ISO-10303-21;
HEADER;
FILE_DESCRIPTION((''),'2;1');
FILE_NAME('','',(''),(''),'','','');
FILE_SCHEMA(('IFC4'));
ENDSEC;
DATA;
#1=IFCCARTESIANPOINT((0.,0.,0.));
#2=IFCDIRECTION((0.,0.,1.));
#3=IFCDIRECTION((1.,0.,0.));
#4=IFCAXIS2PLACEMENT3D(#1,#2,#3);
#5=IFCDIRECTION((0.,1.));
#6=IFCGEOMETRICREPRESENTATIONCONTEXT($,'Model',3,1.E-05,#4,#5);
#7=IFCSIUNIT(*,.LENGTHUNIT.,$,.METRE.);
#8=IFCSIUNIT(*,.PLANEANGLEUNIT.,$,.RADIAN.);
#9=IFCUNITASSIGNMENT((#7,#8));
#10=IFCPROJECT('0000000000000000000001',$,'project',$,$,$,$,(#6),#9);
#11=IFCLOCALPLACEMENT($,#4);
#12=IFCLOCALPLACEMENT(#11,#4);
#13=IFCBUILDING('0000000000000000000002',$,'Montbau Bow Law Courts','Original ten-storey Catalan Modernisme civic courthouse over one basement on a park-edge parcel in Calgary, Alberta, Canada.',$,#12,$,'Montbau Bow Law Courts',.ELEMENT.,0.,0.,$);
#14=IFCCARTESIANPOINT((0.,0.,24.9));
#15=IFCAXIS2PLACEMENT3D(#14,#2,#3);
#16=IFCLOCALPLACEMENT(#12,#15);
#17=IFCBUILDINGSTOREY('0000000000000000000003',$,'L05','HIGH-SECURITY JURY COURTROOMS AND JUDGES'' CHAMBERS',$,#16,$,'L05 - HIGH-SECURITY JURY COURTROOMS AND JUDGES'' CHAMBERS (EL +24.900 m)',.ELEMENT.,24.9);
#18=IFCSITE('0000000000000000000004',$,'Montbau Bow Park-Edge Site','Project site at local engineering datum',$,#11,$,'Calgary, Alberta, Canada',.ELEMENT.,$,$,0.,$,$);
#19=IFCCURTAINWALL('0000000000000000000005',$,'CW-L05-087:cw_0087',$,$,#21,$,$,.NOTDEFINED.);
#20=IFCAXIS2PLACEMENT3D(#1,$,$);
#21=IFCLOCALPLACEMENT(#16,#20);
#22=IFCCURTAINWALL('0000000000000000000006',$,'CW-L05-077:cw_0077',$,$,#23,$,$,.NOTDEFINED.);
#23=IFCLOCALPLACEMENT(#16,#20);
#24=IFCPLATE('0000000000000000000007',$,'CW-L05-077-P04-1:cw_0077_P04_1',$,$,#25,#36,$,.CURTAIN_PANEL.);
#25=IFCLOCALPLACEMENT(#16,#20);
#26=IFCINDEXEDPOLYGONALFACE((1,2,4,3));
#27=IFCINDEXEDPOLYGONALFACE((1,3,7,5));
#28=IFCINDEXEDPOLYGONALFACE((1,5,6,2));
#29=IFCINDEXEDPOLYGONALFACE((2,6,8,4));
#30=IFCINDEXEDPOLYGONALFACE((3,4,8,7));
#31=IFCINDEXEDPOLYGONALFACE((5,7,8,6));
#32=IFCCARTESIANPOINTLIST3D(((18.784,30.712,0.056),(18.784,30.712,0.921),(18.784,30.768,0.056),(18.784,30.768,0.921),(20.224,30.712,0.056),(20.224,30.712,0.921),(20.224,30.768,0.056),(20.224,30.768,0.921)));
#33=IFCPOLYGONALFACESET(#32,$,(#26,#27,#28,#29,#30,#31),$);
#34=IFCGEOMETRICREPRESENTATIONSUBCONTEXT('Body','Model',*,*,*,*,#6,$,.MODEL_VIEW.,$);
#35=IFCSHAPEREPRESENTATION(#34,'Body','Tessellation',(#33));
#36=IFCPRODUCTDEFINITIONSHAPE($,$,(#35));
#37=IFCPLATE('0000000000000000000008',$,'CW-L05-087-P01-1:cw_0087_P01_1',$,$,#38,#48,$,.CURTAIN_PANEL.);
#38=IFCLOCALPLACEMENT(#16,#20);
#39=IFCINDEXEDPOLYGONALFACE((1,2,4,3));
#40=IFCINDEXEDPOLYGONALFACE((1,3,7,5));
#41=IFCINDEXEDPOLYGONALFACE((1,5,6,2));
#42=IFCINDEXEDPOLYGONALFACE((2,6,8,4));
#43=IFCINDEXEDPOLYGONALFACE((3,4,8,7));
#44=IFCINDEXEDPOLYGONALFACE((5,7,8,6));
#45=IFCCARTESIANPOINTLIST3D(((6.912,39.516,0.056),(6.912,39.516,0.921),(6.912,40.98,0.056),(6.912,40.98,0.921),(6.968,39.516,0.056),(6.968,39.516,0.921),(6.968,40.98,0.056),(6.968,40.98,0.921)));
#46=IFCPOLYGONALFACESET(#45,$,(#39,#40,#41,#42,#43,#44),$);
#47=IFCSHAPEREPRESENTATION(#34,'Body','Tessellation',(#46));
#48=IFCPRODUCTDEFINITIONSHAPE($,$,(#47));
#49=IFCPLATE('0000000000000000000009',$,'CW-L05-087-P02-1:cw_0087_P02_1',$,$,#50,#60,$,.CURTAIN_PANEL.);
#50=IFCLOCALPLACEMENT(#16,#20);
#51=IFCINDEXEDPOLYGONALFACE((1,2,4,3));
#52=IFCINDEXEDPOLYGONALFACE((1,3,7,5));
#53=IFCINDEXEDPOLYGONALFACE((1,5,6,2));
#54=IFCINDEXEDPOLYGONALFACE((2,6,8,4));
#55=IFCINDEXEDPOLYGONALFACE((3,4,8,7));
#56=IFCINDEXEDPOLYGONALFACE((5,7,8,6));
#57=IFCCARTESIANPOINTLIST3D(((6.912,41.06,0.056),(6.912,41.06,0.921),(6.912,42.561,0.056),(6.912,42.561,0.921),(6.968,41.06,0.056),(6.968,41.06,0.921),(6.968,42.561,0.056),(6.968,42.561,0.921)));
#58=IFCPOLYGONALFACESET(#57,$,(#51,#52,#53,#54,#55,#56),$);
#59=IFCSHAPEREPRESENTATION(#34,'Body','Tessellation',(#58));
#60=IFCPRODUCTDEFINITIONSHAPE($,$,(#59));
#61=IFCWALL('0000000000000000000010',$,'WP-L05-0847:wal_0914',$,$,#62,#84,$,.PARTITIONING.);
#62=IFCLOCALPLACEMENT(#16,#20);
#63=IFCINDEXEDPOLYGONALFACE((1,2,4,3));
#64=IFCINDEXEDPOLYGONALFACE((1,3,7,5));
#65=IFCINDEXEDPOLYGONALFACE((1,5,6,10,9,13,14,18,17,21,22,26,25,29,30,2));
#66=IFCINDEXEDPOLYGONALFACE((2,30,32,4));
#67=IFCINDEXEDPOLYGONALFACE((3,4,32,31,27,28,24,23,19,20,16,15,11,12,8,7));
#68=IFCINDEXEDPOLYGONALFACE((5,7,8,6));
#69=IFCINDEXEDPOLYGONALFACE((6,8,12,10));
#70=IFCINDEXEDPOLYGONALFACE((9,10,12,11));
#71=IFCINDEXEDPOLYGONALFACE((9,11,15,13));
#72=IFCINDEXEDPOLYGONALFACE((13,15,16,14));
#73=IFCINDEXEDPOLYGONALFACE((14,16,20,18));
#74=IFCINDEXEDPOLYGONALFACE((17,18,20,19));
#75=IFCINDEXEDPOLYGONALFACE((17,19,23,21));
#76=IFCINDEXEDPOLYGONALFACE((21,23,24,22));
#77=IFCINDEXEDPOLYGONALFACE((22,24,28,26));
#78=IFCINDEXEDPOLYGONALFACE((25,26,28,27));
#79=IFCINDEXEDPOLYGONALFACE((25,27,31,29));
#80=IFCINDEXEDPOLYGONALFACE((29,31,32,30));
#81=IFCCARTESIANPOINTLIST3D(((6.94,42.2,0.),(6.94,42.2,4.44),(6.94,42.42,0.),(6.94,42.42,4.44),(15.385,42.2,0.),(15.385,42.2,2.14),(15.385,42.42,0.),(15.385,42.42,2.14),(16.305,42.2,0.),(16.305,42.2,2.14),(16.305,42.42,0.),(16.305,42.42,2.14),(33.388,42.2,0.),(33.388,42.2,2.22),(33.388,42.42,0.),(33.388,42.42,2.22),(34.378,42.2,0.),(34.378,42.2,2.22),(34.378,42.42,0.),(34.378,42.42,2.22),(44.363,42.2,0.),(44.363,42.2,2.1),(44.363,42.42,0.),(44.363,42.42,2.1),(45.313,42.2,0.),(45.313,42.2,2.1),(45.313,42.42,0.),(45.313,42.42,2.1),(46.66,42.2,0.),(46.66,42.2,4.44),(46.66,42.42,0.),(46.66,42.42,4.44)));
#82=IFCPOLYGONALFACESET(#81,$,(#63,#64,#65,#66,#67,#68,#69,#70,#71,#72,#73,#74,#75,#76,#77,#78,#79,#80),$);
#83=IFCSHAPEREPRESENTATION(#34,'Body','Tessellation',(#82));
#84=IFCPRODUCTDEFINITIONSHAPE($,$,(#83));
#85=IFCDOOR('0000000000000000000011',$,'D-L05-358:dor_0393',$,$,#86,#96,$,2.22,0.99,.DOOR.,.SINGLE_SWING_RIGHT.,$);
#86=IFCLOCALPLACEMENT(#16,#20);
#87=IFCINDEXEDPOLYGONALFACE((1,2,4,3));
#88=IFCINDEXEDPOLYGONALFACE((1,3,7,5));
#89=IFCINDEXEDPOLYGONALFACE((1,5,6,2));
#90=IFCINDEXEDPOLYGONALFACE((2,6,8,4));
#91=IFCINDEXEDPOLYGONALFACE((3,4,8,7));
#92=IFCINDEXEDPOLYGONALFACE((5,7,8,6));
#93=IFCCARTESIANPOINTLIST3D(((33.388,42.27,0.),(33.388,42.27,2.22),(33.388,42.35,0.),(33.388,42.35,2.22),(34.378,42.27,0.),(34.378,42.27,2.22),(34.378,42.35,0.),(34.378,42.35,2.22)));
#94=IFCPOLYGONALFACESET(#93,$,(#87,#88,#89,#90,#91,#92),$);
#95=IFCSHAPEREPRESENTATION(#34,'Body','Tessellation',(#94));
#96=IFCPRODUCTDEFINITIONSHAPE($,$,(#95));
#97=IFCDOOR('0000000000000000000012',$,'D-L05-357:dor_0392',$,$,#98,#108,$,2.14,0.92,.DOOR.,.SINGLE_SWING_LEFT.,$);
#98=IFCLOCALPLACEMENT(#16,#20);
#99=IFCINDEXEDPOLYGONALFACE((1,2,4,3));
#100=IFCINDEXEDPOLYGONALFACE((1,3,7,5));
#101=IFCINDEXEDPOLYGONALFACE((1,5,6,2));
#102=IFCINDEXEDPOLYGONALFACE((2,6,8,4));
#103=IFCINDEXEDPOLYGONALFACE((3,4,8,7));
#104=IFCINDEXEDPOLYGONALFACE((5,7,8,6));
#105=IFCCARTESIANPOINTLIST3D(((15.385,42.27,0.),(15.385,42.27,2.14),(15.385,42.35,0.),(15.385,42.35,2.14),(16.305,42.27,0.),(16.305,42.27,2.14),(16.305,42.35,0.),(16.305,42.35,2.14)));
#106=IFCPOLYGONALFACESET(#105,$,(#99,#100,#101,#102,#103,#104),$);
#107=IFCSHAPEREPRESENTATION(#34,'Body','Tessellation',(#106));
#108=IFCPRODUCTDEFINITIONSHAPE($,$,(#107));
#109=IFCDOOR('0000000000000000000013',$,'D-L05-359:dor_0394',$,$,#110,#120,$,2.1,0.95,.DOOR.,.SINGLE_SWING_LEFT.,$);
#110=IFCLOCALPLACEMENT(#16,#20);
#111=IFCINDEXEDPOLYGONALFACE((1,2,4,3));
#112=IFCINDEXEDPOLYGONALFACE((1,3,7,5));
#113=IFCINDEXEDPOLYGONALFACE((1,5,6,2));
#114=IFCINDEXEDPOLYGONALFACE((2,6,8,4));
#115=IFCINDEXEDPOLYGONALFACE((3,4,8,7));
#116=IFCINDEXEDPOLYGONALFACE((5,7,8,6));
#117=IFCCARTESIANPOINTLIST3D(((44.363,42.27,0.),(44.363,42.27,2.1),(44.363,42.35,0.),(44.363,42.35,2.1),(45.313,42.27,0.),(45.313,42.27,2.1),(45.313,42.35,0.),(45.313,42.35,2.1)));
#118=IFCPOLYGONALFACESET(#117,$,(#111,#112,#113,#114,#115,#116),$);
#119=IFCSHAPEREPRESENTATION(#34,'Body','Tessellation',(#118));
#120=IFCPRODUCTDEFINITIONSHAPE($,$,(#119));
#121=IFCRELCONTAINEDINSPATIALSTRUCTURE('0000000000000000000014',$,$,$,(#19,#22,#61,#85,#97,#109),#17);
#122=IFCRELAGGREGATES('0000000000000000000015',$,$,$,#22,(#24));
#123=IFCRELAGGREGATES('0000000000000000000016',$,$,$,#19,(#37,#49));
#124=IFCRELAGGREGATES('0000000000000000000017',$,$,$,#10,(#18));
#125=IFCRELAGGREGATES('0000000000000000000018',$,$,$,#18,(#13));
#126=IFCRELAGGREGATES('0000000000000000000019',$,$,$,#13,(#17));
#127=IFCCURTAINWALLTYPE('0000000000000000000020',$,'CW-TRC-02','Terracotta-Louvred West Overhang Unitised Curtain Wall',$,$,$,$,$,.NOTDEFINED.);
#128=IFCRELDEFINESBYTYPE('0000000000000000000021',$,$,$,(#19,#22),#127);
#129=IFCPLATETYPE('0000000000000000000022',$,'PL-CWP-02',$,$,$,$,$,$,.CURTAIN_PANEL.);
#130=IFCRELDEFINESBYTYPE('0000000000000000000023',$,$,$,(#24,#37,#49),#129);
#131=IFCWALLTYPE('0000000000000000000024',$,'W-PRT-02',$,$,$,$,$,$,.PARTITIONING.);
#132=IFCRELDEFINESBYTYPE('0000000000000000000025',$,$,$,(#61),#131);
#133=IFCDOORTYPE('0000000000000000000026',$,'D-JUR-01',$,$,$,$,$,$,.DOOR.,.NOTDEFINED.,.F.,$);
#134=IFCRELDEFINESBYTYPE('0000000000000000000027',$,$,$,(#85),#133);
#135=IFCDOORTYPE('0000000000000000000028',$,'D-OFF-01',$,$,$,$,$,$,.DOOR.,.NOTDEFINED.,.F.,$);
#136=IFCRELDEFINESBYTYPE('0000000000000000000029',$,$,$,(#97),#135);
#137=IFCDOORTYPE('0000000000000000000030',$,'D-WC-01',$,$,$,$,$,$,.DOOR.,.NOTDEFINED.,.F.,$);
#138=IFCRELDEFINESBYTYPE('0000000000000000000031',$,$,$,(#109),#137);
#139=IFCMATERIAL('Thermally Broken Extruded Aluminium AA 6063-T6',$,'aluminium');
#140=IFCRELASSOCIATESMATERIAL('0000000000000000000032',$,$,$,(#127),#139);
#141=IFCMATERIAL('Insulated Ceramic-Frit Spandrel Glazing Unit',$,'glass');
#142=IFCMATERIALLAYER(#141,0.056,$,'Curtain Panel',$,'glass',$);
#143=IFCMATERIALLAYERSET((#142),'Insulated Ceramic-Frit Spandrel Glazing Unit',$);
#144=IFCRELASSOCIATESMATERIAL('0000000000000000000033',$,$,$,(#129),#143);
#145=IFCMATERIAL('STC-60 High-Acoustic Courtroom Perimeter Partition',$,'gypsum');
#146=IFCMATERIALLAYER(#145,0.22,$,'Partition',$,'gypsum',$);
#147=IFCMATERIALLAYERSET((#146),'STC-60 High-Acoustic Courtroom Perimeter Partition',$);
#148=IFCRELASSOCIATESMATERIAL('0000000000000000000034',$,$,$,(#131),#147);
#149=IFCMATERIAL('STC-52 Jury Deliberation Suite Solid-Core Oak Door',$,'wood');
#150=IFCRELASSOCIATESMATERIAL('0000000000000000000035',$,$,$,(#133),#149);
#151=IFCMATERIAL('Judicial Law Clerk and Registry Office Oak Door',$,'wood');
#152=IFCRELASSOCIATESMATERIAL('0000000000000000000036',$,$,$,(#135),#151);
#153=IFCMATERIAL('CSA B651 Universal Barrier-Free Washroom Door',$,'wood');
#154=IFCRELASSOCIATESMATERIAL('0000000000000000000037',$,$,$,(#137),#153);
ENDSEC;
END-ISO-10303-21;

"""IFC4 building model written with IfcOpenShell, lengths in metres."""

from ifc_helpers import new_model, si_unit, direction, frame, frame_2d, origin_with_axes, place, context, subcontext, project, spatial, rectangle, extrude, material, layer, layer_set, type_object, element, fill, aggregate, save


model = new_model("IFC4")

# Units and contexts
model_context = context("Model", 3, precision=1e-05, world=origin_with_axes(), true_north=direction((0.0, 1.0)))
body_context = subcontext(model_context, "Body", "Model", "MODEL_VIEW")
ifc_project = project(units=[si_unit("LENGTHUNIT", "METRE"), si_unit("PLANEANGLEUNIT", "RADIAN")], contexts=[model_context])

# Site, building, storey
site_placement = place(None, origin_with_axes())
site = spatial("IfcSite", under=ifc_project, at=site_placement, Name="Montbau Bow Park-Edge Site", Description="Project site at local engineering datum", LongName="Calgary, Alberta, Canada", CompositionType="ELEMENT", RefElevation=0.0)
building_placement = place(site_placement, origin_with_axes())
building = spatial("IfcBuilding", under=site, at=building_placement, Name="Montbau Bow Law Courts", Description="Original ten-storey Catalan Modernisme civic courthouse over one basement on a park-edge parcel in Calgary, Alberta, Canada.", LongName="Montbau Bow Law Courts", CompositionType="ELEMENT", ElevationOfRefHeight=0.0, ElevationOfTerrain=0.0)
storey_placement = place(building_placement, frame((0.0, 0.0, 24.9), z_axis=(0.0, 0.0, 1.0), x_axis=(1.0, 0.0, 0.0)))
storey = spatial("IfcBuildingStorey", under=building, at=storey_placement, Name="L05", Description="HIGH-SECURITY JURY COURTROOMS AND JUDGES' CHAMBERS", LongName="L05 - HIGH-SECURITY JURY COURTROOMS AND JUDGES' CHAMBERS (EL +24.900 m)", CompositionType="ELEMENT", Elevation=24.9)

# Curtain wall
ifc_material_1 = material(Name="Thermally Broken Extruded Aluminium AA 6063-T6", Category="aluminium")
curtain_wall_type = type_object("IfcCurtainWallType", Name="CW-TRC-02", Description="Terracotta-Louvred West Overhang Unitised Curtain Wall", PredefinedType="NOTDEFINED", material=ifc_material_1)
curtain_wall_1_placement = place(None, frame((6.94, 39.44, 24.9), z_axis=(0.0, 0.0, 1.0), x_axis=(1.0, 0.0, 0.0)))
curtain_wall_1 = element("IfcCurtainWall", 1, at=curtain_wall_1_placement, inside=storey, type_object=curtain_wall_type, Name="CW-L05-087:cw_0087", PredefinedType="NOTDEFINED")

# Curtain wall
curtain_wall_2_placement = place(None, frame((14.24, 30.74, 24.9), z_axis=(0.0, 0.0, 1.0), x_axis=(1.0, 0.0, 0.0)))
curtain_wall_2 = element("IfcCurtainWall", 2, at=curtain_wall_2_placement, inside=storey, type_object=curtain_wall_type, Name="CW-L05-077:cw_0077", PredefinedType="NOTDEFINED")

# Plates
ifc_material_2 = material(Name="Insulated Ceramic-Frit Spandrel Glazing Unit", Category="glass")
ifc_layer_1 = layer(ifc_material_2, 0.056, Name="Curtain Panel", Category="glass")
ifc_layer_set_1 = layer_set([ifc_layer_1], Name="Insulated Ceramic-Frit Spandrel Glazing Unit")
plate_type_1 = type_object("IfcPlateType", Name="PL-CWP-02", PredefinedType="CURTAIN_PANEL", material=ifc_layer_set_1)
plate_1_placement = place(None, frame((18.784, 30.74, 24.956), z_axis=(0.0, -1.0, 0.0), x_axis=(1.0, 0.0, 0.0)))
plate_1 = element("IfcPlate", 3, at=plate_1_placement, type_object=plate_type_1, Name="CW-L05-077-P04-1:cw_0077_P04_1", PredefinedType="CURTAIN_PANEL", context=body_context, shape_type="SweptSolid", body=[
    extrude(rectangle(XDim=1.44, YDim=0.865, at=frame_2d((0.72, 0.4325), x_axis=(1.0, 0.0))), frame((0.0, 0.0, -0.028), z_axis=(0.0, 0.0, 1.0), x_axis=(1.0, 0.0, 0.0)), (0.0, 0.0, 1.0), 0.056),
])
aggregate(curtain_wall_2, [plate_1])
plate_2_placement = place(None, frame((6.94, 39.516, 24.956), z_axis=(1.0, 0.0, 0.0), x_axis=(0.0, 1.0, 0.0)))
plate_2 = element("IfcPlate", 4, at=plate_2_placement, type_object=plate_type_1, Name="CW-L05-087-P01-1:cw_0087_P01_1", PredefinedType="CURTAIN_PANEL", context=body_context, shape_type="SweptSolid", body=[
    extrude(rectangle(XDim=1.464, YDim=0.865, at=frame_2d((0.732, 0.4325), x_axis=(1.0, 0.0))), frame((0.0, 0.0, -0.028), z_axis=(0.0, 0.0, 1.0), x_axis=(1.0, 0.0, 0.0)), (0.0, 0.0, 1.0), 0.056),
])
plate_3_placement = place(None, frame((6.94, 41.06, 24.956), z_axis=(1.0, 0.0, 0.0), x_axis=(0.0, 1.0, 0.0)))
plate_3 = element("IfcPlate", 5, at=plate_3_placement, type_object=plate_type_1, Name="CW-L05-087-P02-1:cw_0087_P02_1", PredefinedType="CURTAIN_PANEL", context=body_context, shape_type="SweptSolid", body=[
    extrude(rectangle(XDim=1.501, YDim=0.865, at=frame_2d((0.7505, 0.4325), x_axis=(1.0, 0.0))), frame((0.0, 0.0, -0.028), z_axis=(0.0, 0.0, 1.0), x_axis=(1.0, 0.0, 0.0)), (0.0, 0.0, 1.0), 0.056),
])
aggregate(curtain_wall_1, [plate_2, plate_3])

# Wall, openings, doors
ifc_material_3 = material(Name="STC-60 High-Acoustic Courtroom Perimeter Partition", Category="gypsum")
ifc_layer_2 = layer(ifc_material_3, 0.22, Name="Partition", Category="gypsum")
ifc_layer_set_2 = layer_set([ifc_layer_2], Name="STC-60 High-Acoustic Courtroom Perimeter Partition")
wall_type = type_object("IfcWallType", Name="W-PRT-02", PredefinedType="PARTITIONING", material=ifc_layer_set_2)
wall_placement = place(None, frame((6.94, 42.31, 24.9), z_axis=(0.0, 0.0, 1.0), x_axis=(1.0, 0.0, 0.0)))
wall = element("IfcWall", 6, at=wall_placement, inside=storey, type_object=wall_type, Name="WP-L05-0847:wal_0914", PredefinedType="PARTITIONING", context=body_context, shape_type="SweptSolid", body=[
    extrude(rectangle(XDim=39.72, YDim=0.22, at=frame_2d((19.86, 0.0), x_axis=(1.0, 0.0))), origin_with_axes(), (0.0, 0.0, 1.0), 4.44),
])
opening_1_placement = place(None, frame((15.845, 42.31, 24.9), z_axis=(0.0, 0.0, 1.0), x_axis=(1.0, 0.0, 0.0)))
opening_1 = element("IfcOpeningElement", 7, at=opening_1_placement, cuts=wall, PredefinedType="OPENING", context=body_context, shape_type="SweptSolid", body=[
    extrude(rectangle(XDim=0.92, YDim=2.14, at=frame_2d((0.0, 1.07), x_axis=(1.0, 0.0))), frame((0.0, 0.12, 0.0), z_axis=(0.0, -1.0, 0.0), x_axis=(1.0, 0.0, 0.0)), (0.0, 0.0, 1.0), 0.24),
])
opening_2_placement = place(None, frame((33.883, 42.31, 24.9), z_axis=(0.0, 0.0, 1.0), x_axis=(1.0, 0.0, 0.0)))
opening_2 = element("IfcOpeningElement", 8, at=opening_2_placement, cuts=wall, PredefinedType="OPENING", context=body_context, shape_type="SweptSolid", body=[
    extrude(rectangle(XDim=0.99, YDim=2.22, at=frame_2d((0.0, 1.11), x_axis=(1.0, 0.0))), frame((0.0, 0.12, 0.0), z_axis=(0.0, -1.0, 0.0), x_axis=(1.0, 0.0, 0.0)), (0.0, 0.0, 1.0), 0.24),
])
opening_3_placement = place(None, frame((44.838, 42.31, 24.9), z_axis=(0.0, 0.0, 1.0), x_axis=(1.0, 0.0, 0.0)))
opening_3 = element("IfcOpeningElement", 9, at=opening_3_placement, cuts=wall, PredefinedType="OPENING", context=body_context, shape_type="SweptSolid", body=[
    extrude(rectangle(XDim=0.95, YDim=2.1, at=frame_2d((0.0, 1.05), x_axis=(1.0, 0.0))), frame((0.0, 0.12, 0.0), z_axis=(0.0, -1.0, 0.0), x_axis=(1.0, 0.0, 0.0)), (0.0, 0.0, 1.0), 0.24),
])
ifc_material_4 = material(Name="STC-52 Jury Deliberation Suite Solid-Core Oak Door", Category="wood")
door_type_1 = type_object("IfcDoorType", Name="D-JUR-01", OperationType="NOTDEFINED", ParameterTakesPrecedence=False, PredefinedType="DOOR", material=ifc_material_4)
door_1_placement = place(None, frame((33.883, 42.31, 24.9), z_axis=(0.0, 0.0, 1.0), x_axis=(1.0, 0.0, 0.0)))
door_1 = element("IfcDoor", 10, at=door_1_placement, inside=storey, type_object=door_type_1, Name="D-L05-358:dor_0393", OperationType="SINGLE_SWING_RIGHT", OverallHeight=2.22, OverallWidth=0.99, PredefinedType="DOOR", context=body_context, shape_type="SweptSolid", body=[
    extrude(rectangle(XDim=0.99, YDim=2.22, at=frame_2d((0.0, 1.11), x_axis=(1.0, 0.0))), frame((0.0, 0.04, 0.0), z_axis=(0.0, -1.0, 0.0), x_axis=(1.0, 0.0, 0.0)), (0.0, 0.0, 1.0), 0.08),
])
fill(opening_2, door_1)
ifc_material_5 = material(Name="Judicial Law Clerk and Registry Office Oak Door", Category="wood")
door_type_2 = type_object("IfcDoorType", Name="D-OFF-01", OperationType="NOTDEFINED", ParameterTakesPrecedence=False, PredefinedType="DOOR", material=ifc_material_5)
door_2_placement = place(None, frame((15.845, 42.31, 24.9), z_axis=(0.0, 0.0, 1.0), x_axis=(1.0, 0.0, 0.0)))
door_2 = element("IfcDoor", 11, at=door_2_placement, inside=storey, type_object=door_type_2, Name="D-L05-357:dor_0392", OperationType="SINGLE_SWING_LEFT", OverallHeight=2.14, OverallWidth=0.92, PredefinedType="DOOR", context=body_context, shape_type="SweptSolid", body=[
    extrude(rectangle(XDim=0.92, YDim=2.14, at=frame_2d((0.0, 1.07), x_axis=(1.0, 0.0))), frame((0.0, 0.04, 0.0), z_axis=(0.0, -1.0, 0.0), x_axis=(1.0, 0.0, 0.0)), (0.0, 0.0, 1.0), 0.08),
])
fill(opening_1, door_2)
ifc_material_6 = material(Name="CSA B651 Universal Barrier-Free Washroom Door", Category="wood")
door_type_3 = type_object("IfcDoorType", Name="D-WC-01", OperationType="NOTDEFINED", ParameterTakesPrecedence=False, PredefinedType="DOOR", material=ifc_material_6)
door_3_placement = place(None, frame((44.838, 42.31, 24.9), z_axis=(0.0, 0.0, 1.0), x_axis=(1.0, 0.0, 0.0)))
door_3 = element("IfcDoor", 12, at=door_3_placement, inside=storey, type_object=door_type_3, Name="D-L05-359:dor_0394", OperationType="SINGLE_SWING_LEFT", OverallHeight=2.1, OverallWidth=0.95, PredefinedType="DOOR", context=body_context, shape_type="SweptSolid", body=[
    extrude(rectangle(XDim=0.95, YDim=2.1, at=frame_2d((0.0, 1.05), x_axis=(1.0, 0.0))), frame((0.0, 0.04, 0.0), z_axis=(0.0, -1.0, 0.0), x_axis=(1.0, 0.0, 0.0)), (0.0, 0.0, 1.0), 0.08),
])
fill(opening_3, door_3)

save(model, "model.ifc")
